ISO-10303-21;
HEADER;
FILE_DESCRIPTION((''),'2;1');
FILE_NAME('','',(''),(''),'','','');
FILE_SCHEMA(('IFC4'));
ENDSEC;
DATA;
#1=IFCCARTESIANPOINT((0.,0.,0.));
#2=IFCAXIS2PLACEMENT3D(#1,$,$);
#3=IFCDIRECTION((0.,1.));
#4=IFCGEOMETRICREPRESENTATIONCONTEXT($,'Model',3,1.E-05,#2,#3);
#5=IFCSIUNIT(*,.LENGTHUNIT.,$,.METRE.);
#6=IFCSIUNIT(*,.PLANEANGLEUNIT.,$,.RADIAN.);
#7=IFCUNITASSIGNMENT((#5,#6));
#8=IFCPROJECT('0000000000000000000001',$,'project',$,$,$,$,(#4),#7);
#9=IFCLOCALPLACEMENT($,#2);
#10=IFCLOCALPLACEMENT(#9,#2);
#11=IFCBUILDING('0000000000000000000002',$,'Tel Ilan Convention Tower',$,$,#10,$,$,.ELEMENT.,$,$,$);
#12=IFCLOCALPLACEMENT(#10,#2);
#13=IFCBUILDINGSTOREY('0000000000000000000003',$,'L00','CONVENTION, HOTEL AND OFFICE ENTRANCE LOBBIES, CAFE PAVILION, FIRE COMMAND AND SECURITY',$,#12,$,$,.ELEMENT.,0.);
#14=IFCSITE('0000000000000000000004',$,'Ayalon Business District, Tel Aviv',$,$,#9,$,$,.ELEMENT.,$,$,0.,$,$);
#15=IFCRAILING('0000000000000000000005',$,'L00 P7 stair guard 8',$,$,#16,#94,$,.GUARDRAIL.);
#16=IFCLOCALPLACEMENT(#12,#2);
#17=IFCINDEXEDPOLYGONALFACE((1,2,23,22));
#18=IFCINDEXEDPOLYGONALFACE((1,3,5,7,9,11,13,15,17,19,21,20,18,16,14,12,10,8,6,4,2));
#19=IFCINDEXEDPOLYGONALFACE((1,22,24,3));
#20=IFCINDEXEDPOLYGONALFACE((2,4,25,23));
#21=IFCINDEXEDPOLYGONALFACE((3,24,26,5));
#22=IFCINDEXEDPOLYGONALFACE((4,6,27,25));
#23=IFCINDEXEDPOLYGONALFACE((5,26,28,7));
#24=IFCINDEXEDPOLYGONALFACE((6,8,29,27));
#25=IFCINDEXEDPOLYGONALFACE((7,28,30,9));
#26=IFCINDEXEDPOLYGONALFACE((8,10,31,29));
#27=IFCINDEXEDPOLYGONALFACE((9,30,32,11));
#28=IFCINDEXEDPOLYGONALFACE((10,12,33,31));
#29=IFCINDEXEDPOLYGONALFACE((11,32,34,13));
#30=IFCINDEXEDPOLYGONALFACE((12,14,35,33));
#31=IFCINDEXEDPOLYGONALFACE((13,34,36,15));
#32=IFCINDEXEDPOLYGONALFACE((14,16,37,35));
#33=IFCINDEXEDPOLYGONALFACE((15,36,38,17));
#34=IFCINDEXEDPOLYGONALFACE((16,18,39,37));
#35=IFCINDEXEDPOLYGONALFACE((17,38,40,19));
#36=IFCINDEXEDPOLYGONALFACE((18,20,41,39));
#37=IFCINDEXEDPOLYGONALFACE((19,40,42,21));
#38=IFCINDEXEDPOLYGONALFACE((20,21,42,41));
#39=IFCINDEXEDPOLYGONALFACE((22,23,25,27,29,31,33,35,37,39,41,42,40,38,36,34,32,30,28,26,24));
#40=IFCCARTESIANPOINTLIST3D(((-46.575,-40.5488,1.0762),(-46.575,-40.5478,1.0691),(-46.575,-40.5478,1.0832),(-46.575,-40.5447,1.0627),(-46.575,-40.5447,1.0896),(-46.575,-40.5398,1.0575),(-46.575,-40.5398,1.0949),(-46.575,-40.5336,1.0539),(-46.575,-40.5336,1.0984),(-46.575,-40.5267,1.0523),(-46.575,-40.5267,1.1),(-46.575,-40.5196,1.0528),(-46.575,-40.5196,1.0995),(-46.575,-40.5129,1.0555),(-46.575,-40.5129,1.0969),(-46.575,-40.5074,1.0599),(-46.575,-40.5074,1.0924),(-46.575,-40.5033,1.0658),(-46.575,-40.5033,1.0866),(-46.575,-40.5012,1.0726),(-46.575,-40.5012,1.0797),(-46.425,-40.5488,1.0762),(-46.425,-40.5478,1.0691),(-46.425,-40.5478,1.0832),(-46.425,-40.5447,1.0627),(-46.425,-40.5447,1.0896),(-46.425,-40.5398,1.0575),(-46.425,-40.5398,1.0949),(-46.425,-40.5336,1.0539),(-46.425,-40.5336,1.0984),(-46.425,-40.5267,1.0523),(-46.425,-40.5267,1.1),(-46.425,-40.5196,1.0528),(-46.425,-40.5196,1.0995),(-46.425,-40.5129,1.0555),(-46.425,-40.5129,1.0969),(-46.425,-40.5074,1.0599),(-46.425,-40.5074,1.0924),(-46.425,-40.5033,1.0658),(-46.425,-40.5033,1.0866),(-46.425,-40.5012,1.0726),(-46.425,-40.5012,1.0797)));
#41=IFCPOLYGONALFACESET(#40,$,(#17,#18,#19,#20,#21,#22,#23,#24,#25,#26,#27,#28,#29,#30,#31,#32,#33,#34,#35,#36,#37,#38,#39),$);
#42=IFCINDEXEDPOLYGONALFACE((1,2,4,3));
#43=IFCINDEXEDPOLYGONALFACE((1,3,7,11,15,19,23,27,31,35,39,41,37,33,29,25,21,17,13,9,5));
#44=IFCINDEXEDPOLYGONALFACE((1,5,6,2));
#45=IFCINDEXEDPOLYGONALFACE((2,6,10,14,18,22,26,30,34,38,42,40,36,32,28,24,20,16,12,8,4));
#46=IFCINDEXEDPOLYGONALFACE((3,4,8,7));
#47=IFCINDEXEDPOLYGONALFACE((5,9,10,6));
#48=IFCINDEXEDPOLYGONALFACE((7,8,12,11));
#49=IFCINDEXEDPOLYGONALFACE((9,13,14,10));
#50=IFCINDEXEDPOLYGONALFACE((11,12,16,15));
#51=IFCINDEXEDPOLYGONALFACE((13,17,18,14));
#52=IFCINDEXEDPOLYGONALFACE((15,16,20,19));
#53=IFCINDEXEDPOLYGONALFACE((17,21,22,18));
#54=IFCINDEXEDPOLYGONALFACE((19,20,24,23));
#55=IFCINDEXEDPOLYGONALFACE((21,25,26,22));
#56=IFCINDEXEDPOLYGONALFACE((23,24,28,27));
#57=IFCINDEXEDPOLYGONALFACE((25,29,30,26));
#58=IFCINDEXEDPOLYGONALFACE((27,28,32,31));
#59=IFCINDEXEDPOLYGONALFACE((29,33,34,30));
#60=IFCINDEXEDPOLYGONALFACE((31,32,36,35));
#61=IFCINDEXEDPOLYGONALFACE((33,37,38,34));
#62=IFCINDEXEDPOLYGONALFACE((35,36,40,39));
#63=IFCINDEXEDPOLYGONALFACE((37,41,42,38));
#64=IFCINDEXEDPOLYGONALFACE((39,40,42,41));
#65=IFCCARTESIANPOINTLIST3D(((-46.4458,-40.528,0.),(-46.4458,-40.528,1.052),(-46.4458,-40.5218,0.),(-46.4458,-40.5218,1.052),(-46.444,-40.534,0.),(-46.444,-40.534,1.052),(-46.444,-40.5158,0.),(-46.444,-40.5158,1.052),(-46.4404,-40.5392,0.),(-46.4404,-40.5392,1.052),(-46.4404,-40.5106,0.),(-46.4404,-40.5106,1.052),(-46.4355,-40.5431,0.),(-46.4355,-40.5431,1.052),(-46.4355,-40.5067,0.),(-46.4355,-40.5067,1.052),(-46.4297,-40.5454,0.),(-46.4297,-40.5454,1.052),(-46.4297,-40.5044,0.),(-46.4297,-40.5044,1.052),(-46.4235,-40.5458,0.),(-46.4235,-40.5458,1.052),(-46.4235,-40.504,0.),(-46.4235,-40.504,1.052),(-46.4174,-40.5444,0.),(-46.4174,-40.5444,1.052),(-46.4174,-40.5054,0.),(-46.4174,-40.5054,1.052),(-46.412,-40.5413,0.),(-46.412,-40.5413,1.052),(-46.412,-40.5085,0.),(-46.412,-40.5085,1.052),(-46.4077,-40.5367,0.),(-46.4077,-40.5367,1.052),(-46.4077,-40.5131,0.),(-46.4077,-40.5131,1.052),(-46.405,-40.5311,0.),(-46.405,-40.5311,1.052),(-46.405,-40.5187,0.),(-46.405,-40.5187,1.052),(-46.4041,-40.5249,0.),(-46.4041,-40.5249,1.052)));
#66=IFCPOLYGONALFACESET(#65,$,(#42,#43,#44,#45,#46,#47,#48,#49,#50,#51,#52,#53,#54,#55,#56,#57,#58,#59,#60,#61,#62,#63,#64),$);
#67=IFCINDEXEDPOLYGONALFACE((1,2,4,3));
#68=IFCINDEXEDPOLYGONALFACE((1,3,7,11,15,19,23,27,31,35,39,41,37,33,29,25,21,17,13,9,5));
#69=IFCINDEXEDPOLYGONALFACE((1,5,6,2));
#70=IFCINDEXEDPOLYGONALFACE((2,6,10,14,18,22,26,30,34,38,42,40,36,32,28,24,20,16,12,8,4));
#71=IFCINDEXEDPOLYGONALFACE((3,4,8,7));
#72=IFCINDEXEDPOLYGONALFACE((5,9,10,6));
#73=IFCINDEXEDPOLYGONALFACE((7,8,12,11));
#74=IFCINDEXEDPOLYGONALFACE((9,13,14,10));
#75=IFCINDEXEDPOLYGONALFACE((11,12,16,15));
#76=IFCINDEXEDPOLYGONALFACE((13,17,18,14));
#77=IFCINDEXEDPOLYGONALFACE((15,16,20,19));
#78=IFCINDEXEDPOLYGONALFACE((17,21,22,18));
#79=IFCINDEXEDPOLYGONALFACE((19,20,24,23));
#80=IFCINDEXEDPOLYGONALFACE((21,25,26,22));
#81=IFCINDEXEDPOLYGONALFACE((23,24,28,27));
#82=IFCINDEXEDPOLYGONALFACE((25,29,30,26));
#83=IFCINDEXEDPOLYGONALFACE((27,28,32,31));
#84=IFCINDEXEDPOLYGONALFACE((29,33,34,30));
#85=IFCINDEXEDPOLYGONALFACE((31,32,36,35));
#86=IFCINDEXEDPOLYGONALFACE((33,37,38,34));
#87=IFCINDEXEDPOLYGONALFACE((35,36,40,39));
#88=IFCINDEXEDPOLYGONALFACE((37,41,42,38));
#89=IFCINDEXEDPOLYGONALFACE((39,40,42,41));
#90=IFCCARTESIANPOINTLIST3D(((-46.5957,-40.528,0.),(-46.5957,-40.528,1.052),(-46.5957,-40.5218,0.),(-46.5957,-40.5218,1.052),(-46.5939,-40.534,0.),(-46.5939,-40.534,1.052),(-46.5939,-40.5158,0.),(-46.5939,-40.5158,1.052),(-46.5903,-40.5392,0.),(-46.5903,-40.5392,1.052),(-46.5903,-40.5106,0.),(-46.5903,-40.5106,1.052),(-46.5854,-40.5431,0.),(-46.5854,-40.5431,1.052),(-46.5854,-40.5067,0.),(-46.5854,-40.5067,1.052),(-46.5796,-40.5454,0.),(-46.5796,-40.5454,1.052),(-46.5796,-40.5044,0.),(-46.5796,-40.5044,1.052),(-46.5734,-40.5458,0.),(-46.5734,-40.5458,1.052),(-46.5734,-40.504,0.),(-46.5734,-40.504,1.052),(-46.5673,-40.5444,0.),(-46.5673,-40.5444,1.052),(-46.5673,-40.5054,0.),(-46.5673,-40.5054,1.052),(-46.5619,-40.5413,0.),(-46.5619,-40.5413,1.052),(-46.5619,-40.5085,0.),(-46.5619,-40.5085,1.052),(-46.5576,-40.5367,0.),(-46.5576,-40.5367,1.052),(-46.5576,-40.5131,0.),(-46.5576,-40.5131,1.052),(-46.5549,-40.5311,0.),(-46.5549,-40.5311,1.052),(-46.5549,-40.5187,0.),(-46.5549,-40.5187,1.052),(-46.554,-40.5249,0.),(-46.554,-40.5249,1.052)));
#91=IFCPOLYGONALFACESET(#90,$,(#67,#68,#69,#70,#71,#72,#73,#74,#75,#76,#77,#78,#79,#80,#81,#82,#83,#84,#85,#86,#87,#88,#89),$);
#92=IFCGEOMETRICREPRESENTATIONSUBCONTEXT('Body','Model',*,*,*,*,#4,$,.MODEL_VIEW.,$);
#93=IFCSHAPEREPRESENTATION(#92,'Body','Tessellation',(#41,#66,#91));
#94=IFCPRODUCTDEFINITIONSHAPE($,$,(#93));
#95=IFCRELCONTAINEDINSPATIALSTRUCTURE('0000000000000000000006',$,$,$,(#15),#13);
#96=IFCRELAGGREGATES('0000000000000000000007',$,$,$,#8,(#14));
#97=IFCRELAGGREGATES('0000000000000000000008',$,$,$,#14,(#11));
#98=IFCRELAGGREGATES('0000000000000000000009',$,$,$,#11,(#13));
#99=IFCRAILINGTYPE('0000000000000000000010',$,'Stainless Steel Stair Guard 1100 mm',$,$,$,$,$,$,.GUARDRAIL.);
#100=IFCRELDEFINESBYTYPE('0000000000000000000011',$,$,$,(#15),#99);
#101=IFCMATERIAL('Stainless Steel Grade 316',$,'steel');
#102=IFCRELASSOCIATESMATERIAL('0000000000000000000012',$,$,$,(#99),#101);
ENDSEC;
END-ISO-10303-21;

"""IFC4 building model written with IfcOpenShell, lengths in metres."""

from ifc_helpers import new_model, si_unit, direction, frame, origin, origin_2d, place, context, subcontext, project, spatial, circle, extrude, material, type_object, element, save


model = new_model("IFC4")

# Units and contexts
model_context = context("Model", 3, precision=1e-05, world=origin(), true_north=direction((0.0, 1.0)))
body_context = subcontext(model_context, "Body", "Model", "MODEL_VIEW")
ifc_project = project(units=[si_unit("LENGTHUNIT", "METRE"), si_unit("PLANEANGLEUNIT", "RADIAN")], contexts=[model_context])

# Site, building, storey
site_placement = place(None, origin())
site = spatial("IfcSite", under=ifc_project, at=site_placement, Name="Ayalon Business District, Tel Aviv", CompositionType="ELEMENT", RefElevation=0.0)
building_placement = place(site_placement, origin())
building = spatial("IfcBuilding", under=site, at=building_placement, Name="Tel Ilan Convention Tower", CompositionType="ELEMENT")
storey_placement = place(building_placement, origin())
storey = spatial("IfcBuildingStorey", under=building, at=storey_placement, Name="L00", Description="CONVENTION, HOTEL AND OFFICE ENTRANCE LOBBIES, CAFE PAVILION, FIRE COMMAND AND SECURITY", CompositionType="ELEMENT", Elevation=0.0)

# Railing
ifc_material_1 = material(Name="Stainless Steel Grade 316", Category="steel")
railing_type_1 = type_object("IfcRailingType", Name="Stainless Steel Stair Guard 1100 mm", PredefinedType="GUARDRAIL", material=ifc_material_1)
railing_1_placement = place(storey_placement, frame((-46.425, -40.5249, 0.0)))
element("IfcRailing", 1, at=railing_1_placement, inside=storey, type_object=railing_type_1, Name="L00 P7 stair guard 8", PredefinedType="GUARDRAIL", context=body_context, shape_type="SweptSolid", body=[
    extrude(circle(Radius=0.0239, at=origin_2d()), frame((0.0, 0.0, 1.0762), z_axis=(-1.0, 0.0, 0.0), x_axis=(0.0, -1.0, 0.0)), (0.0, 0.0, 1.0), 0.1499),
    extrude(circle(Radius=0.021, at=origin_2d()), origin(), (0.0, 0.0, 1.0), 1.052),
    extrude(circle(Radius=0.021, at=origin_2d()), frame((-0.1499, 0.0, 0.0)), (0.0, 0.0, 1.0), 1.052),
])

save(model, "model.ifc")
